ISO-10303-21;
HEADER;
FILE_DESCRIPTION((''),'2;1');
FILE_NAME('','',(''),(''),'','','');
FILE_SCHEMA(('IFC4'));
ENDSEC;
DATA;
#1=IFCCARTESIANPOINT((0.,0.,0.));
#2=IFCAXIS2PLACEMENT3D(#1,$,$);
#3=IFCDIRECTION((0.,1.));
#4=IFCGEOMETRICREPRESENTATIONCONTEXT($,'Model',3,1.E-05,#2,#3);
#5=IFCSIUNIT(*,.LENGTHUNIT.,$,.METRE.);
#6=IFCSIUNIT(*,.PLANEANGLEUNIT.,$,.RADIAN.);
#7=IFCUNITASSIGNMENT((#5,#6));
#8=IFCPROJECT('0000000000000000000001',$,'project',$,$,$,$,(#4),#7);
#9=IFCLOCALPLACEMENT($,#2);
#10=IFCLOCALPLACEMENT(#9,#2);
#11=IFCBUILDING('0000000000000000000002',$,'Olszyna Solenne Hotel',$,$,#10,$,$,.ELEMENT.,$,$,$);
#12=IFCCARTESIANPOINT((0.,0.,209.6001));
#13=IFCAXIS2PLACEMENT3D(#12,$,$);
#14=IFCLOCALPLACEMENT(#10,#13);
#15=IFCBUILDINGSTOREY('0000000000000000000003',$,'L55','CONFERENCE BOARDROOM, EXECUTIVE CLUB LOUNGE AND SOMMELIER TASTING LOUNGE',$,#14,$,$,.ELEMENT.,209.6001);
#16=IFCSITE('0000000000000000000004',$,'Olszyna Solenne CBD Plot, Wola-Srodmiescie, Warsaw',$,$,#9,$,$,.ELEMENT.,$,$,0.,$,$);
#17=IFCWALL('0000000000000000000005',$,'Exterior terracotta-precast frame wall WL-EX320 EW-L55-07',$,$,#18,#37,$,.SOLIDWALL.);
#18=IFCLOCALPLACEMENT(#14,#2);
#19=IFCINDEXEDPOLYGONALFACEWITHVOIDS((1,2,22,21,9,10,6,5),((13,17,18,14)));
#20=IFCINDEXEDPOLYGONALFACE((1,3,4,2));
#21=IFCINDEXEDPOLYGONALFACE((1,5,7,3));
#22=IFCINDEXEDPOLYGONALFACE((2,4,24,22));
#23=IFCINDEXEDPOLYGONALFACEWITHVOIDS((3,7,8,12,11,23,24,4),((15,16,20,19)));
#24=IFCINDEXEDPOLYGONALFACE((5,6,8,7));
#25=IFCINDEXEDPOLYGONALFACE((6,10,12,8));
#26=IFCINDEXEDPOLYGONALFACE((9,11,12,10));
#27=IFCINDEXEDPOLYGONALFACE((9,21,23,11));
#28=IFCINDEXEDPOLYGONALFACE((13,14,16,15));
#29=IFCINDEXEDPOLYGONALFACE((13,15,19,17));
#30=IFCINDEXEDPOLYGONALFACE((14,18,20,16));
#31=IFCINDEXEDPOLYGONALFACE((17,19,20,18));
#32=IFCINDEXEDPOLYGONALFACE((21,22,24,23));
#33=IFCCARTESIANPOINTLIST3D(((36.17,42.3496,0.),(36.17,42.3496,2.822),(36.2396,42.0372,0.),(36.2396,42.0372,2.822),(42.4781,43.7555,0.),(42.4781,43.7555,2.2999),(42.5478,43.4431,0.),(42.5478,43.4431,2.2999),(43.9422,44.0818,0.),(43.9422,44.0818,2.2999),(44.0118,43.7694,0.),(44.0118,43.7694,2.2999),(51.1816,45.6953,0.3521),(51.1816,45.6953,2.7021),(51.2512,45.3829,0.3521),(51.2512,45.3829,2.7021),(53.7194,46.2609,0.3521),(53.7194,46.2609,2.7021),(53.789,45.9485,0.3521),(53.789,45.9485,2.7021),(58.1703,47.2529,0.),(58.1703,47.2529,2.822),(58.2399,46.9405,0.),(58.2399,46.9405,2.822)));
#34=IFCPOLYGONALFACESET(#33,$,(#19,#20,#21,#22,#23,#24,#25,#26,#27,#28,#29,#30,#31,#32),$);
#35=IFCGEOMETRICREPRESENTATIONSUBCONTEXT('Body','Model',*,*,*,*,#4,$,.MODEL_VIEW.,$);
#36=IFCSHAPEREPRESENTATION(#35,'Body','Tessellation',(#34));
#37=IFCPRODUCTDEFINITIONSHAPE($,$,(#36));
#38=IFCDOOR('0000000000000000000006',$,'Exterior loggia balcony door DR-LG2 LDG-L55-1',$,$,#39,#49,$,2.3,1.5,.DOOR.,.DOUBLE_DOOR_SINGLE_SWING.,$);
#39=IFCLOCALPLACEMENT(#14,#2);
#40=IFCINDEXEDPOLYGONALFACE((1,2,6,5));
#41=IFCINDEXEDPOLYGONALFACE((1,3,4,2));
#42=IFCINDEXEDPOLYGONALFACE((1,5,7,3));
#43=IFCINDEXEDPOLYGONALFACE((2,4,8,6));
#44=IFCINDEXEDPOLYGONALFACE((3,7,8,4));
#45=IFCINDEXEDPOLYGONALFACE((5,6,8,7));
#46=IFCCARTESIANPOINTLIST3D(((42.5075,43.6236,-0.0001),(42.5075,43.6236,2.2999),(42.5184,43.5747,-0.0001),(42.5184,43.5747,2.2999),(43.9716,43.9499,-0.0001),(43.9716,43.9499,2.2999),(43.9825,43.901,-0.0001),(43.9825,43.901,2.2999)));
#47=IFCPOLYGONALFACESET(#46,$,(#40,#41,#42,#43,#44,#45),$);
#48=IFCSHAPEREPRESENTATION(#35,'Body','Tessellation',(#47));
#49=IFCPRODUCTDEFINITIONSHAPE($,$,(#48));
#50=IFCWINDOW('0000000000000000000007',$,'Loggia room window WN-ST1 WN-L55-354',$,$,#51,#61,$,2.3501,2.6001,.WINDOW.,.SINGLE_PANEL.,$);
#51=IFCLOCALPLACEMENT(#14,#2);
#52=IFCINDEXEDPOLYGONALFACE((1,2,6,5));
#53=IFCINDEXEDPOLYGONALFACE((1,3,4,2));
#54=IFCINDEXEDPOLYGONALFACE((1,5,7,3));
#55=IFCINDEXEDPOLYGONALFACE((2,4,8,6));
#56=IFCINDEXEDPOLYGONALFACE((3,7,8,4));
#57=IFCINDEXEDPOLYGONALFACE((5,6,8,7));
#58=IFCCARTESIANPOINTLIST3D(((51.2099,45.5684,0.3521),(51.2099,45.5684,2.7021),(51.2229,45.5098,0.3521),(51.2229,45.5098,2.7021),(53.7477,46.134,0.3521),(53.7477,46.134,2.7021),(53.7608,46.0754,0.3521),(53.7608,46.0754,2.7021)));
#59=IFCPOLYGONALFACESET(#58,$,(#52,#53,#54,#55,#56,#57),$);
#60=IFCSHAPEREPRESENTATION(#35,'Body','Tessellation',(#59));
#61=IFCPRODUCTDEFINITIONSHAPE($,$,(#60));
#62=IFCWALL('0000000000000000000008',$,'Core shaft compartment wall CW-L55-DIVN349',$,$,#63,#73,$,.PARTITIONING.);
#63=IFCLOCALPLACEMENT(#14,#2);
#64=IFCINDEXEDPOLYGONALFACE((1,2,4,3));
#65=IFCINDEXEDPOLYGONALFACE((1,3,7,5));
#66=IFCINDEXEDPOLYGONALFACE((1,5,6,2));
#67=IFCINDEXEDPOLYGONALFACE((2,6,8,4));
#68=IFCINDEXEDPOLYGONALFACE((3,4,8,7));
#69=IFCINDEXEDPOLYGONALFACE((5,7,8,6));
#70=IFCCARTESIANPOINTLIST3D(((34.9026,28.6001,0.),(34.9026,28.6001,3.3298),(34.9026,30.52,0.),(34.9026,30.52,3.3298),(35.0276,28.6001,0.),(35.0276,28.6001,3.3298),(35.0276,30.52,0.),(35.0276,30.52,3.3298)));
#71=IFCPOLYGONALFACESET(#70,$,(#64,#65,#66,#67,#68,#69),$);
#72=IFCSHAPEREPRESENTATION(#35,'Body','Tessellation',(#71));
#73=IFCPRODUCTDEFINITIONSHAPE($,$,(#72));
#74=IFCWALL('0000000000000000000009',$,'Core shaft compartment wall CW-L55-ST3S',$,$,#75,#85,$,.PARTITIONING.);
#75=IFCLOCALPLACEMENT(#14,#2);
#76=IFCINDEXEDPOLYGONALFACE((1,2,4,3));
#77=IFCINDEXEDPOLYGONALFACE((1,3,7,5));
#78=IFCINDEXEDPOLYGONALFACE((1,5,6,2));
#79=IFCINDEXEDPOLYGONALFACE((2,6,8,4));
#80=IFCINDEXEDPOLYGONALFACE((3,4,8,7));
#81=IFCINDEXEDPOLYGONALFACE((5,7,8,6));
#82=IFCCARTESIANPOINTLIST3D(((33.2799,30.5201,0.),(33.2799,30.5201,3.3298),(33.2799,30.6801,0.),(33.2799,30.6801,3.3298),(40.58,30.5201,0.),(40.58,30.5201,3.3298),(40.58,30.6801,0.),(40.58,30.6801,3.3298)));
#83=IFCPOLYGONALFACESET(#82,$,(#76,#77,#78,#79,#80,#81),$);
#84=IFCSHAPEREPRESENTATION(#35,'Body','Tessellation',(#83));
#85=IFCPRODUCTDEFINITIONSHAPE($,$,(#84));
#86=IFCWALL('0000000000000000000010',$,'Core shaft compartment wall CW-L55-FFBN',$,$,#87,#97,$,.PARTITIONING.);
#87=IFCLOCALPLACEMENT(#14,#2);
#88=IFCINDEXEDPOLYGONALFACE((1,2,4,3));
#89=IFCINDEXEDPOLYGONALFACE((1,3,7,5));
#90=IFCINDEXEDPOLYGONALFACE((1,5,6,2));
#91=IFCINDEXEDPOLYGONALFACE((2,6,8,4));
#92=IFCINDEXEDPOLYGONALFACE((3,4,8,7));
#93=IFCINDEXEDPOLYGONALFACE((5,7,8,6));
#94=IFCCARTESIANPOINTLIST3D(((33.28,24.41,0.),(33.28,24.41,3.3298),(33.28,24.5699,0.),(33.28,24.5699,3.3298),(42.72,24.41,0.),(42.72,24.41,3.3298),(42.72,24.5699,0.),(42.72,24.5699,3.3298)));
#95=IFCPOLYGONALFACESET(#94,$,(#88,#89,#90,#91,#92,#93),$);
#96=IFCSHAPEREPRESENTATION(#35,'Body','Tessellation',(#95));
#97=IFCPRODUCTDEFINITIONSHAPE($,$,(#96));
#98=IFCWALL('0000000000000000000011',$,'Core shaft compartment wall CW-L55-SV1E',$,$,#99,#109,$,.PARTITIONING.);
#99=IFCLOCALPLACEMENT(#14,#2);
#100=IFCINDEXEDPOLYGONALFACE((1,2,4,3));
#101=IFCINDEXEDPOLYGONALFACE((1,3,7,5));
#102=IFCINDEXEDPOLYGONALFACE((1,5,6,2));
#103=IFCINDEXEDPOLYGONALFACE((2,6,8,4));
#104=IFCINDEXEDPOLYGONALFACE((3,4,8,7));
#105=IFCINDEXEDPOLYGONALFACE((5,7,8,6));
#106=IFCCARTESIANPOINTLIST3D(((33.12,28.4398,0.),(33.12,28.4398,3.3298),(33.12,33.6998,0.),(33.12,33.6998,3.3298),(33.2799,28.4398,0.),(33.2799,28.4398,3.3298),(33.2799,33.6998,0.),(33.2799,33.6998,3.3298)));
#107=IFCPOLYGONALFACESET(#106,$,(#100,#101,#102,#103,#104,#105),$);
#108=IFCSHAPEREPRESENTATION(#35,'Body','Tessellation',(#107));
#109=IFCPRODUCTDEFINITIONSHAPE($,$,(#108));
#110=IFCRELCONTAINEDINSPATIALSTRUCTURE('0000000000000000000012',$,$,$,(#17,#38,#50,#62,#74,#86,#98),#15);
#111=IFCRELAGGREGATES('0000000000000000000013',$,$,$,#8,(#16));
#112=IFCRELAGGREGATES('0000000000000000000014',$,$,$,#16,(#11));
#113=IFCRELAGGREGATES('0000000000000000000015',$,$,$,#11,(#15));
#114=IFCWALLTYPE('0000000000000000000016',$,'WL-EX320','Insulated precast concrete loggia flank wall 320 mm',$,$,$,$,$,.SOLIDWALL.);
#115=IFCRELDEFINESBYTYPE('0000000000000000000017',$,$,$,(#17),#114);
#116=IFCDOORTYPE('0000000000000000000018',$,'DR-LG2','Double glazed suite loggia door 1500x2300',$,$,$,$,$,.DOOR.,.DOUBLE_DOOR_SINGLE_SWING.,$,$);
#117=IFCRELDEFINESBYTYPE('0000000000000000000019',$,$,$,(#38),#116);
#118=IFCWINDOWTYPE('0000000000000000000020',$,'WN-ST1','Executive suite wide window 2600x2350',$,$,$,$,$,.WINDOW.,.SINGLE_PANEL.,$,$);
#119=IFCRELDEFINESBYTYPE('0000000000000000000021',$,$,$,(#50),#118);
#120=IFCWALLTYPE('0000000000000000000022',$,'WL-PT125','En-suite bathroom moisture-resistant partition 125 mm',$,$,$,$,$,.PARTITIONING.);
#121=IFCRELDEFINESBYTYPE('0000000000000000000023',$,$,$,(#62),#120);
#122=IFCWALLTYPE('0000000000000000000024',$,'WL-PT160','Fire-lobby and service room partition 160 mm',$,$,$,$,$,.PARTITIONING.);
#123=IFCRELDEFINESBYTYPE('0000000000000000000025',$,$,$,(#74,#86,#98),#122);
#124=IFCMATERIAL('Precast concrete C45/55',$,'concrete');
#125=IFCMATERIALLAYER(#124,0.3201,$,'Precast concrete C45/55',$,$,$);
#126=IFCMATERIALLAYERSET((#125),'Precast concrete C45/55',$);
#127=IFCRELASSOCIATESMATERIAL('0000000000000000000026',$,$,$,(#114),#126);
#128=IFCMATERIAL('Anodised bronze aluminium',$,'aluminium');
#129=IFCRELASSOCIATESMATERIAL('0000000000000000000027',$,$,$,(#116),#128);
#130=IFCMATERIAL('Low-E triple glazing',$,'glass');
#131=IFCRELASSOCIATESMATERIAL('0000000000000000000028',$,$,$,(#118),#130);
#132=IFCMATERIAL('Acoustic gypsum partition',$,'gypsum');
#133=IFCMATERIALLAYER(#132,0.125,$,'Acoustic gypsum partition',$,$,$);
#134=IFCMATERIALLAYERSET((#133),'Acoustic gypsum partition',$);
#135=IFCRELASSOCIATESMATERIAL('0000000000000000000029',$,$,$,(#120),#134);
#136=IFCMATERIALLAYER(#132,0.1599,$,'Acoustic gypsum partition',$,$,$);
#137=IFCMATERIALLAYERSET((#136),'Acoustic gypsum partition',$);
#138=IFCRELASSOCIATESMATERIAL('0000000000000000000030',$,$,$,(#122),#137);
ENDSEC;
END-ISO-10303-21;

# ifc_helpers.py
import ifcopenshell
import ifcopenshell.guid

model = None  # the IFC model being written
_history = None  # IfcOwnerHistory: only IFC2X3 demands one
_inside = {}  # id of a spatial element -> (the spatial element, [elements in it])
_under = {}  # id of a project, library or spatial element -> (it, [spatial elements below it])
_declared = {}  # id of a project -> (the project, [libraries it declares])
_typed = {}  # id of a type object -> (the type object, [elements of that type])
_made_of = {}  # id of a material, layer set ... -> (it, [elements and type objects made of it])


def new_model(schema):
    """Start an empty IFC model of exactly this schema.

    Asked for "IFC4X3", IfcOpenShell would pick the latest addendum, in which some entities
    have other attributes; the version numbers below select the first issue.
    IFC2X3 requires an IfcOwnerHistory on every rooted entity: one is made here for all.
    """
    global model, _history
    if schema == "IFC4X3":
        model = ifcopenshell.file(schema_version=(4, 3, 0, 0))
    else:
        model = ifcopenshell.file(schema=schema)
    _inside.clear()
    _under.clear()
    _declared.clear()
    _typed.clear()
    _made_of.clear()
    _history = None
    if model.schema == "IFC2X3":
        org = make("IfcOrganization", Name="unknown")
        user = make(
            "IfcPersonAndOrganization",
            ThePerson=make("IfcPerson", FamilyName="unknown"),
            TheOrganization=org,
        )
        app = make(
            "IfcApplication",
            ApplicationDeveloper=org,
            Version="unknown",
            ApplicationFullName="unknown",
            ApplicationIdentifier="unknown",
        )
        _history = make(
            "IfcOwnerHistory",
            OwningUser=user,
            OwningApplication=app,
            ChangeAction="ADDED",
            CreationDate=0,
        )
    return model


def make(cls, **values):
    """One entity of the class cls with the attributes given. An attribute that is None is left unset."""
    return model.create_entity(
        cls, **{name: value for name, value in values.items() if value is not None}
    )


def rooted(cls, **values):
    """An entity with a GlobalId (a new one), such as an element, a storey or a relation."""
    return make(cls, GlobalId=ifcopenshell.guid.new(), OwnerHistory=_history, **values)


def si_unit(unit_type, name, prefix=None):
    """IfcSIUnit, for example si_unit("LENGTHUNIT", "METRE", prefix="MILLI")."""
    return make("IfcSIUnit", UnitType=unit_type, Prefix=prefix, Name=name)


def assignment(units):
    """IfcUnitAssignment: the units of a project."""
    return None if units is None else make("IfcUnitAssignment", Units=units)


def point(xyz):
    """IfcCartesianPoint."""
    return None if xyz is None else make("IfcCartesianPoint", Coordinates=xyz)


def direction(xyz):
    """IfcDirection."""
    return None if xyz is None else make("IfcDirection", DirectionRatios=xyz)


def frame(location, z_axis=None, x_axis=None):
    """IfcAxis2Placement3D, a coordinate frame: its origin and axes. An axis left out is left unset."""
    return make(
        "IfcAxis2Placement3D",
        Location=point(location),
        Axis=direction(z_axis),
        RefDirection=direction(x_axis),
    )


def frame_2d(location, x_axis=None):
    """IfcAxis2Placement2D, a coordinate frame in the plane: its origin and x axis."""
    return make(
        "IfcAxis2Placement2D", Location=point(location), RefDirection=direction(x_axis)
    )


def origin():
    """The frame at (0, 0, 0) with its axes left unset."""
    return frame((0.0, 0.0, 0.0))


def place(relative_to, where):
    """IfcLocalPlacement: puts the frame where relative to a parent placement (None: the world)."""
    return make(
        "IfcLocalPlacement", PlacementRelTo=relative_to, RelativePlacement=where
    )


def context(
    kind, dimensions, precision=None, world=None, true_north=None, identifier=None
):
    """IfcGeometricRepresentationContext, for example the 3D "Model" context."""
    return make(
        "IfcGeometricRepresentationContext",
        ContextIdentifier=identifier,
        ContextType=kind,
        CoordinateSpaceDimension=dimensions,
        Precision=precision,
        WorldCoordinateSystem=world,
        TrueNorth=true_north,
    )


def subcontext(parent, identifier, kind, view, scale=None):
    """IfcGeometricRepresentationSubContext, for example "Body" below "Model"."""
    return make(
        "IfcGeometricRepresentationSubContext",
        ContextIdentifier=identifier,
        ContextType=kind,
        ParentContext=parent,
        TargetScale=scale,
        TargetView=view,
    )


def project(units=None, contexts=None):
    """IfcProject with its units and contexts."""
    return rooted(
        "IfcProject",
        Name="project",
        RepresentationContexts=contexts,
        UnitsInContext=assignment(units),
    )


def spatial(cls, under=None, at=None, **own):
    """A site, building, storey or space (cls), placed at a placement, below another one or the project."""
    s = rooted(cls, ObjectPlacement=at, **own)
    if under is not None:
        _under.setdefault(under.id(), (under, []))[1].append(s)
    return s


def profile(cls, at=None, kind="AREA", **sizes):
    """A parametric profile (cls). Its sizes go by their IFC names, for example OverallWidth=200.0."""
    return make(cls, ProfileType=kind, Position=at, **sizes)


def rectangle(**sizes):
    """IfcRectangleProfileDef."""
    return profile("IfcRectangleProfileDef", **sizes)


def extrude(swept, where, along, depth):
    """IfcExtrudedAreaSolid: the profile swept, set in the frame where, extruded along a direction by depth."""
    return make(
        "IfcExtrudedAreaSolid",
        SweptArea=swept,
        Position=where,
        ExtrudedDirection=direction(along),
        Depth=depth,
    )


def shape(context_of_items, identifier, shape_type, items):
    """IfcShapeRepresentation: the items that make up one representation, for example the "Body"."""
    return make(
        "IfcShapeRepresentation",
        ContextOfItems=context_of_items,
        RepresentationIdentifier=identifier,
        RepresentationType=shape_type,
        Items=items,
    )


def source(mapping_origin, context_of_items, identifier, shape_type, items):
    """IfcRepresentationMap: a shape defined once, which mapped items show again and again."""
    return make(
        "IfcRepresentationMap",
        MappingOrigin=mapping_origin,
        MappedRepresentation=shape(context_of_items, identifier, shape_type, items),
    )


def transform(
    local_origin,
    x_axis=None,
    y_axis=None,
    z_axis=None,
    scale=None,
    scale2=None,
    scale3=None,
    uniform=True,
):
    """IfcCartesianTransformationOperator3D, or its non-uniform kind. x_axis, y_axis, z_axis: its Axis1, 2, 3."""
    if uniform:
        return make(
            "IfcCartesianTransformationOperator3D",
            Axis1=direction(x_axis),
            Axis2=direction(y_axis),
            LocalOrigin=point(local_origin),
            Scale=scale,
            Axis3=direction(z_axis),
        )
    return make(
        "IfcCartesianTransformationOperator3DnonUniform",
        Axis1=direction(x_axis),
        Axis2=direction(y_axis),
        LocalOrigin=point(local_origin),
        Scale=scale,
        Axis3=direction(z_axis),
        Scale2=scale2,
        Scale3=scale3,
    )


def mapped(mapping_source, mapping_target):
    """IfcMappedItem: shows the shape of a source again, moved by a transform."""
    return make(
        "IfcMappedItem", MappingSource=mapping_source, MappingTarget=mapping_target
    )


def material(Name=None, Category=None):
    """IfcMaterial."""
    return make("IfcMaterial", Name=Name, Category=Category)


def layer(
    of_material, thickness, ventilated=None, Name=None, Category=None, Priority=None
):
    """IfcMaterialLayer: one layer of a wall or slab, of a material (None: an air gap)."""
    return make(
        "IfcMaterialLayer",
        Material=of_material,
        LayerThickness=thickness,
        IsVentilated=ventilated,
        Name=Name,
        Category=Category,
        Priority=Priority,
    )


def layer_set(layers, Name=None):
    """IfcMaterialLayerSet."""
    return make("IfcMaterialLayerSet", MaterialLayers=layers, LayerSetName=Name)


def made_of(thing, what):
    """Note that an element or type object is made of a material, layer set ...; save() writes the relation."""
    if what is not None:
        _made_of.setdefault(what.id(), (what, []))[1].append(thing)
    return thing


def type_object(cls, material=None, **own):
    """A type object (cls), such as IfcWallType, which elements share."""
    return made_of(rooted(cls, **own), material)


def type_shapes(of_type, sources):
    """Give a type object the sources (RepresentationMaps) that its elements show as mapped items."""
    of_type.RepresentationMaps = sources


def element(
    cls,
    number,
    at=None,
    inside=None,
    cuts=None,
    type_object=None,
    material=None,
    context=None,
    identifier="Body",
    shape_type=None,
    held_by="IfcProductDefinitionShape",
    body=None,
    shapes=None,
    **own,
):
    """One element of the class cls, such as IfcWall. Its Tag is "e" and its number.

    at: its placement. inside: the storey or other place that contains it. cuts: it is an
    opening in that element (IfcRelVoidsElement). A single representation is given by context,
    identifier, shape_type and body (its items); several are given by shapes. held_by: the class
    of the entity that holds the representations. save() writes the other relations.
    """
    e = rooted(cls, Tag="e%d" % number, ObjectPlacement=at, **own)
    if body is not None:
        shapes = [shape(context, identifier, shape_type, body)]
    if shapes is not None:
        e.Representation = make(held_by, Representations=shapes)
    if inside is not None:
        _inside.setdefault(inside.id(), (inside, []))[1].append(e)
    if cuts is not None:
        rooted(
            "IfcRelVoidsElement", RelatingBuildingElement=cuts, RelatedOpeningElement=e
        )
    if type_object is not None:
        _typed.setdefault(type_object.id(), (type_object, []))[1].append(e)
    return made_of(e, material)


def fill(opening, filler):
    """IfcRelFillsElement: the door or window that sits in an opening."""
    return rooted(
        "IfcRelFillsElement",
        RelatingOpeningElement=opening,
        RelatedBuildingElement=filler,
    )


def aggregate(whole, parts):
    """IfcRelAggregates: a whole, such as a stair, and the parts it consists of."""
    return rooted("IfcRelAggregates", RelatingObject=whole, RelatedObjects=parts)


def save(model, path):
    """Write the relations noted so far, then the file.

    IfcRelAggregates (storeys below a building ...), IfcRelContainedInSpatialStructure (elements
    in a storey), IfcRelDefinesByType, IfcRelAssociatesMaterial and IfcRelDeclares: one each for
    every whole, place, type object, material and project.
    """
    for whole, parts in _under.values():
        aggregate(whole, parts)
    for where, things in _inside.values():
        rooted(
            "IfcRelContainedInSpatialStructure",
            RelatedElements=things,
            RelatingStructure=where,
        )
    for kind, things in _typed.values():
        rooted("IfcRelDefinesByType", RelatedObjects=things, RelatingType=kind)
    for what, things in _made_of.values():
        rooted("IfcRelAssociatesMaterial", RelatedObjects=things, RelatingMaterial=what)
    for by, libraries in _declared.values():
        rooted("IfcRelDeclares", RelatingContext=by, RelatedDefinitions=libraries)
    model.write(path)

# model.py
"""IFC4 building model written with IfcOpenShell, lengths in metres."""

from ifc_helpers import new_model, si_unit, direction, frame, frame_2d, origin, place, context, subcontext, project, spatial, rectangle, extrude, source, transform, mapped, material, layer, layer_set, type_object, type_shapes, element, fill, save


model = new_model("IFC4")

# Units and contexts
model_context = context("Model", 3, precision=1e-05, world=origin(), true_north=direction((0.0, 1.0)))
body_context = subcontext(model_context, "Body", "Model", "MODEL_VIEW")
ifc_project = project(units=[si_unit("LENGTHUNIT", "METRE"), si_unit("PLANEANGLEUNIT", "RADIAN")], contexts=[model_context])

# Site, building, storey
site_placement = place(None, origin())
site = spatial("IfcSite", under=ifc_project, at=site_placement, Name="Olszyna Solenne CBD Plot, Wola-Srodmiescie, Warsaw", CompositionType="ELEMENT", RefElevation=0.0)
building_placement = place(site_placement, origin())
building = spatial("IfcBuilding", under=site, at=building_placement, Name="Olszyna Solenne Hotel", CompositionType="ELEMENT")
storey_placement = place(building_placement, frame((0.0, 0.0, 209.6001)))
storey = spatial("IfcBuildingStorey", under=building, at=storey_placement, Name="L55", Description="CONFERENCE BOARDROOM, EXECUTIVE CLUB LOUNGE AND SOMMELIER TASTING LOUNGE", CompositionType="ELEMENT", Elevation=209.6001)

# Wall, openings, door, window
ifc_material_1 = material(Name="Precast concrete C45/55", Category="concrete")
ifc_layer_1 = layer(ifc_material_1, 0.3201, Name="Precast concrete C45/55")
ifc_layer_set_1 = layer_set([ifc_layer_1], Name="Precast concrete C45/55")
wall_type_1 = type_object("IfcWallType", Name="WL-EX320", Description="Insulated precast concrete loggia flank wall 320 mm", PredefinedType="SOLIDWALL", material=ifc_layer_set_1)
wall_1_placement = place(storey_placement, frame((36.2048, 42.1934, 0.0), z_axis=(0.0, 0.0, 1.0), x_axis=(0.976052, 0.217538, 0.0)))
wall_1 = element("IfcWall", 1, at=wall_1_placement, inside=storey, type_object=wall_type_1, Name="Exterior terracotta-precast frame wall WL-EX320 EW-L55-07", PredefinedType="SOLIDWALL", context=body_context, shape_type="SweptSolid", body=[
    extrude(rectangle(XDim=22.54, YDim=0.3201, at=frame_2d((11.27, 0.0))), origin(), (0.0, 0.0, 1.0), 2.822),
])
opening_1_placement = place(wall_1_placement, frame((6.4629, 0.0, 0.0)))
opening_1 = element("IfcOpeningElement", 2, at=opening_1_placement, cuts=wall_1, PredefinedType="OPENING", context=body_context, shape_type="SweptSolid", body=[
    extrude(rectangle(XDim=1.5, YDim=2.3, at=frame_2d((0.75, 1.1499))), frame((0.0, 0.1699, 0.0), z_axis=(0.0, -1.0, 0.0), x_axis=(1.0, 0.0, 0.0)), (0.0, 0.0, 1.0), 0.3401),
])
opening_2_placement = place(wall_1_placement, frame((15.3799, 0.0, 0.3521)))
opening_2 = element("IfcOpeningElement", 3, at=opening_2_placement, cuts=wall_1, PredefinedType="OPENING", context=body_context, shape_type="SweptSolid", body=[
    extrude(rectangle(XDim=2.6001, YDim=2.3501, at=frame_2d((1.3, 1.175))), frame((0.0, 0.1699, 0.0), z_axis=(0.0, -1.0, 0.0), x_axis=(1.0, 0.0, 0.0)), (0.0, 0.0, 1.0), 0.3401),
])
ifc_material_2 = material(Name="Anodised bronze aluminium", Category="aluminium")
door_type_1 = type_object("IfcDoorType", Name="DR-LG2", Description="Double glazed suite loggia door 1500x2300", OperationType="DOUBLE_DOOR_SINGLE_SWING", PredefinedType="DOOR", material=ifc_material_2)
shared_shape_1 = source(origin(), body_context, "Body", "SweptSolid", [
    extrude(rectangle(XDim=1.5, YDim=2.3, at=frame_2d((0.75, 1.1499))), frame((0.0, 0.0249, 0.0), z_axis=(0.0, -1.0, 0.0), x_axis=(1.0, 0.0, 0.0)), (0.0, 0.0, 1.0), 0.05),
])
type_shapes(door_type_1, [shared_shape_1])
door_1_placement = place(opening_1_placement, origin())
door_1 = element("IfcDoor", 4, at=door_1_placement, inside=storey, type_object=door_type_1, Name="Exterior loggia balcony door DR-LG2 LDG-L55-1", OperationType="DOUBLE_DOOR_SINGLE_SWING", OverallHeight=2.3, OverallWidth=1.5, PredefinedType="DOOR", context=body_context, shape_type="MappedRepresentation", body=[
    mapped(shared_shape_1, transform((0.0, 0.0, 0.0), x_axis=(1.0, 0.0, 0.0), y_axis=(0.0, 1.0, 0.0), z_axis=(0.0, 0.0, 1.0), scale=1.0)),
])
fill(opening_1, door_1)
ifc_material_3 = material(Name="Low-E triple glazing", Category="glass")
window_type = type_object("IfcWindowType", Name="WN-ST1", Description="Executive suite wide window 2600x2350", PartitioningType="SINGLE_PANEL", PredefinedType="WINDOW", material=ifc_material_3)
shared_shape_2 = source(origin(), body_context, "Body", "SweptSolid", [
    extrude(rectangle(XDim=2.6001, YDim=2.3501, at=frame_2d((1.3, 1.175))), frame((0.0, 0.03, 0.0), z_axis=(0.0, -1.0, 0.0), x_axis=(1.0, 0.0, 0.0)), (0.0, 0.0, 1.0), 0.0601),
])
type_shapes(window_type, [shared_shape_2])
window_placement = place(opening_2_placement, origin())
window = element("IfcWindow", 5, at=window_placement, inside=storey, type_object=window_type, Name="Loggia room window WN-ST1 WN-L55-354", OverallHeight=2.3501, OverallWidth=2.6001, PartitioningType="SINGLE_PANEL", PredefinedType="WINDOW", context=body_context, shape_type="MappedRepresentation", body=[
    mapped(shared_shape_2, transform((0.0, 0.0, 0.0), x_axis=(1.0, 0.0, 0.0), y_axis=(0.0, 1.0, 0.0), z_axis=(0.0, 0.0, 1.0), scale=1.0)),
])
fill(opening_2, window)

# Walls
ifc_material_4 = material(Name="Acoustic gypsum partition", Category="gypsum")
ifc_layer_2 = layer(ifc_material_4, 0.125, Name="Acoustic gypsum partition")
ifc_layer_set_2 = layer_set([ifc_layer_2], Name="Acoustic gypsum partition")
wall_type_2 = type_object("IfcWallType", Name="WL-PT125", Description="En-suite bathroom moisture-resistant partition 125 mm", PredefinedType="PARTITIONING", material=ifc_layer_set_2)
wall_2_placement = place(storey_placement, frame((34.9651, 28.6001, 0.0), z_axis=(0.0, 0.0, 1.0), x_axis=(0.0, 1.0, 0.0)))
element("IfcWall", 6, at=wall_2_placement, inside=storey, type_object=wall_type_2, Name="Core shaft compartment wall CW-L55-DIVN349", PredefinedType="PARTITIONING", context=body_context, shape_type="SweptSolid", body=[
    extrude(rectangle(XDim=1.9199, YDim=0.125, at=frame_2d((0.96, 0.0))), origin(), (0.0, 0.0, 1.0), 3.3298),
])
ifc_layer_3 = layer(ifc_material_4, 0.1599, Name="Acoustic gypsum partition")
ifc_layer_set_3 = layer_set([ifc_layer_3], Name="Acoustic gypsum partition")
wall_type_3 = type_object("IfcWallType", Name="WL-PT160", Description="Fire-lobby and service room partition 160 mm", PredefinedType="PARTITIONING", material=ifc_layer_set_3)
wall_3_placement = place(storey_placement, frame((33.28, 30.6001, 0.0), z_axis=(0.0, 0.0, 1.0), x_axis=(1.0, 0.0, 0.0)))
element("IfcWall", 7, at=wall_3_placement, inside=storey, type_object=wall_type_3, Name="Core shaft compartment wall CW-L55-ST3S", PredefinedType="PARTITIONING", context=body_context, shape_type="SweptSolid", body=[
    extrude(rectangle(XDim=7.3, YDim=0.1599, at=frame_2d((3.6499, 0.0))), origin(), (0.0, 0.0, 1.0), 3.3298),
])
wall_4_placement = place(storey_placement, frame((33.28, 24.49, 0.0), z_axis=(0.0, 0.0, 1.0), x_axis=(1.0, 0.0, 0.0)))
element("IfcWall", 8, at=wall_4_placement, inside=storey, type_object=wall_type_3, Name="Core shaft compartment wall CW-L55-FFBN", PredefinedType="PARTITIONING", context=body_context, shape_type="SweptSolid", body=[
    extrude(rectangle(XDim=9.4399, YDim=0.1599, at=frame_2d((4.72, 0.0))), origin(), (0.0, 0.0, 1.0), 3.3298),
])
wall_5_placement = place(storey_placement, frame((33.2, 28.4399, 0.0), z_axis=(0.0, 0.0, 1.0), x_axis=(0.0, 1.0, 0.0)))
element("IfcWall", 9, at=wall_5_placement, inside=storey, type_object=wall_type_3, Name="Core shaft compartment wall CW-L55-SV1E", PredefinedType="PARTITIONING", context=body_context, shape_type="SweptSolid", body=[
    extrude(rectangle(XDim=5.26, YDim=0.1599, at=frame_2d((2.6299, 0.0))), origin(), (0.0, 0.0, 1.0), 3.3298),
])

save(model, "model.ifc")
